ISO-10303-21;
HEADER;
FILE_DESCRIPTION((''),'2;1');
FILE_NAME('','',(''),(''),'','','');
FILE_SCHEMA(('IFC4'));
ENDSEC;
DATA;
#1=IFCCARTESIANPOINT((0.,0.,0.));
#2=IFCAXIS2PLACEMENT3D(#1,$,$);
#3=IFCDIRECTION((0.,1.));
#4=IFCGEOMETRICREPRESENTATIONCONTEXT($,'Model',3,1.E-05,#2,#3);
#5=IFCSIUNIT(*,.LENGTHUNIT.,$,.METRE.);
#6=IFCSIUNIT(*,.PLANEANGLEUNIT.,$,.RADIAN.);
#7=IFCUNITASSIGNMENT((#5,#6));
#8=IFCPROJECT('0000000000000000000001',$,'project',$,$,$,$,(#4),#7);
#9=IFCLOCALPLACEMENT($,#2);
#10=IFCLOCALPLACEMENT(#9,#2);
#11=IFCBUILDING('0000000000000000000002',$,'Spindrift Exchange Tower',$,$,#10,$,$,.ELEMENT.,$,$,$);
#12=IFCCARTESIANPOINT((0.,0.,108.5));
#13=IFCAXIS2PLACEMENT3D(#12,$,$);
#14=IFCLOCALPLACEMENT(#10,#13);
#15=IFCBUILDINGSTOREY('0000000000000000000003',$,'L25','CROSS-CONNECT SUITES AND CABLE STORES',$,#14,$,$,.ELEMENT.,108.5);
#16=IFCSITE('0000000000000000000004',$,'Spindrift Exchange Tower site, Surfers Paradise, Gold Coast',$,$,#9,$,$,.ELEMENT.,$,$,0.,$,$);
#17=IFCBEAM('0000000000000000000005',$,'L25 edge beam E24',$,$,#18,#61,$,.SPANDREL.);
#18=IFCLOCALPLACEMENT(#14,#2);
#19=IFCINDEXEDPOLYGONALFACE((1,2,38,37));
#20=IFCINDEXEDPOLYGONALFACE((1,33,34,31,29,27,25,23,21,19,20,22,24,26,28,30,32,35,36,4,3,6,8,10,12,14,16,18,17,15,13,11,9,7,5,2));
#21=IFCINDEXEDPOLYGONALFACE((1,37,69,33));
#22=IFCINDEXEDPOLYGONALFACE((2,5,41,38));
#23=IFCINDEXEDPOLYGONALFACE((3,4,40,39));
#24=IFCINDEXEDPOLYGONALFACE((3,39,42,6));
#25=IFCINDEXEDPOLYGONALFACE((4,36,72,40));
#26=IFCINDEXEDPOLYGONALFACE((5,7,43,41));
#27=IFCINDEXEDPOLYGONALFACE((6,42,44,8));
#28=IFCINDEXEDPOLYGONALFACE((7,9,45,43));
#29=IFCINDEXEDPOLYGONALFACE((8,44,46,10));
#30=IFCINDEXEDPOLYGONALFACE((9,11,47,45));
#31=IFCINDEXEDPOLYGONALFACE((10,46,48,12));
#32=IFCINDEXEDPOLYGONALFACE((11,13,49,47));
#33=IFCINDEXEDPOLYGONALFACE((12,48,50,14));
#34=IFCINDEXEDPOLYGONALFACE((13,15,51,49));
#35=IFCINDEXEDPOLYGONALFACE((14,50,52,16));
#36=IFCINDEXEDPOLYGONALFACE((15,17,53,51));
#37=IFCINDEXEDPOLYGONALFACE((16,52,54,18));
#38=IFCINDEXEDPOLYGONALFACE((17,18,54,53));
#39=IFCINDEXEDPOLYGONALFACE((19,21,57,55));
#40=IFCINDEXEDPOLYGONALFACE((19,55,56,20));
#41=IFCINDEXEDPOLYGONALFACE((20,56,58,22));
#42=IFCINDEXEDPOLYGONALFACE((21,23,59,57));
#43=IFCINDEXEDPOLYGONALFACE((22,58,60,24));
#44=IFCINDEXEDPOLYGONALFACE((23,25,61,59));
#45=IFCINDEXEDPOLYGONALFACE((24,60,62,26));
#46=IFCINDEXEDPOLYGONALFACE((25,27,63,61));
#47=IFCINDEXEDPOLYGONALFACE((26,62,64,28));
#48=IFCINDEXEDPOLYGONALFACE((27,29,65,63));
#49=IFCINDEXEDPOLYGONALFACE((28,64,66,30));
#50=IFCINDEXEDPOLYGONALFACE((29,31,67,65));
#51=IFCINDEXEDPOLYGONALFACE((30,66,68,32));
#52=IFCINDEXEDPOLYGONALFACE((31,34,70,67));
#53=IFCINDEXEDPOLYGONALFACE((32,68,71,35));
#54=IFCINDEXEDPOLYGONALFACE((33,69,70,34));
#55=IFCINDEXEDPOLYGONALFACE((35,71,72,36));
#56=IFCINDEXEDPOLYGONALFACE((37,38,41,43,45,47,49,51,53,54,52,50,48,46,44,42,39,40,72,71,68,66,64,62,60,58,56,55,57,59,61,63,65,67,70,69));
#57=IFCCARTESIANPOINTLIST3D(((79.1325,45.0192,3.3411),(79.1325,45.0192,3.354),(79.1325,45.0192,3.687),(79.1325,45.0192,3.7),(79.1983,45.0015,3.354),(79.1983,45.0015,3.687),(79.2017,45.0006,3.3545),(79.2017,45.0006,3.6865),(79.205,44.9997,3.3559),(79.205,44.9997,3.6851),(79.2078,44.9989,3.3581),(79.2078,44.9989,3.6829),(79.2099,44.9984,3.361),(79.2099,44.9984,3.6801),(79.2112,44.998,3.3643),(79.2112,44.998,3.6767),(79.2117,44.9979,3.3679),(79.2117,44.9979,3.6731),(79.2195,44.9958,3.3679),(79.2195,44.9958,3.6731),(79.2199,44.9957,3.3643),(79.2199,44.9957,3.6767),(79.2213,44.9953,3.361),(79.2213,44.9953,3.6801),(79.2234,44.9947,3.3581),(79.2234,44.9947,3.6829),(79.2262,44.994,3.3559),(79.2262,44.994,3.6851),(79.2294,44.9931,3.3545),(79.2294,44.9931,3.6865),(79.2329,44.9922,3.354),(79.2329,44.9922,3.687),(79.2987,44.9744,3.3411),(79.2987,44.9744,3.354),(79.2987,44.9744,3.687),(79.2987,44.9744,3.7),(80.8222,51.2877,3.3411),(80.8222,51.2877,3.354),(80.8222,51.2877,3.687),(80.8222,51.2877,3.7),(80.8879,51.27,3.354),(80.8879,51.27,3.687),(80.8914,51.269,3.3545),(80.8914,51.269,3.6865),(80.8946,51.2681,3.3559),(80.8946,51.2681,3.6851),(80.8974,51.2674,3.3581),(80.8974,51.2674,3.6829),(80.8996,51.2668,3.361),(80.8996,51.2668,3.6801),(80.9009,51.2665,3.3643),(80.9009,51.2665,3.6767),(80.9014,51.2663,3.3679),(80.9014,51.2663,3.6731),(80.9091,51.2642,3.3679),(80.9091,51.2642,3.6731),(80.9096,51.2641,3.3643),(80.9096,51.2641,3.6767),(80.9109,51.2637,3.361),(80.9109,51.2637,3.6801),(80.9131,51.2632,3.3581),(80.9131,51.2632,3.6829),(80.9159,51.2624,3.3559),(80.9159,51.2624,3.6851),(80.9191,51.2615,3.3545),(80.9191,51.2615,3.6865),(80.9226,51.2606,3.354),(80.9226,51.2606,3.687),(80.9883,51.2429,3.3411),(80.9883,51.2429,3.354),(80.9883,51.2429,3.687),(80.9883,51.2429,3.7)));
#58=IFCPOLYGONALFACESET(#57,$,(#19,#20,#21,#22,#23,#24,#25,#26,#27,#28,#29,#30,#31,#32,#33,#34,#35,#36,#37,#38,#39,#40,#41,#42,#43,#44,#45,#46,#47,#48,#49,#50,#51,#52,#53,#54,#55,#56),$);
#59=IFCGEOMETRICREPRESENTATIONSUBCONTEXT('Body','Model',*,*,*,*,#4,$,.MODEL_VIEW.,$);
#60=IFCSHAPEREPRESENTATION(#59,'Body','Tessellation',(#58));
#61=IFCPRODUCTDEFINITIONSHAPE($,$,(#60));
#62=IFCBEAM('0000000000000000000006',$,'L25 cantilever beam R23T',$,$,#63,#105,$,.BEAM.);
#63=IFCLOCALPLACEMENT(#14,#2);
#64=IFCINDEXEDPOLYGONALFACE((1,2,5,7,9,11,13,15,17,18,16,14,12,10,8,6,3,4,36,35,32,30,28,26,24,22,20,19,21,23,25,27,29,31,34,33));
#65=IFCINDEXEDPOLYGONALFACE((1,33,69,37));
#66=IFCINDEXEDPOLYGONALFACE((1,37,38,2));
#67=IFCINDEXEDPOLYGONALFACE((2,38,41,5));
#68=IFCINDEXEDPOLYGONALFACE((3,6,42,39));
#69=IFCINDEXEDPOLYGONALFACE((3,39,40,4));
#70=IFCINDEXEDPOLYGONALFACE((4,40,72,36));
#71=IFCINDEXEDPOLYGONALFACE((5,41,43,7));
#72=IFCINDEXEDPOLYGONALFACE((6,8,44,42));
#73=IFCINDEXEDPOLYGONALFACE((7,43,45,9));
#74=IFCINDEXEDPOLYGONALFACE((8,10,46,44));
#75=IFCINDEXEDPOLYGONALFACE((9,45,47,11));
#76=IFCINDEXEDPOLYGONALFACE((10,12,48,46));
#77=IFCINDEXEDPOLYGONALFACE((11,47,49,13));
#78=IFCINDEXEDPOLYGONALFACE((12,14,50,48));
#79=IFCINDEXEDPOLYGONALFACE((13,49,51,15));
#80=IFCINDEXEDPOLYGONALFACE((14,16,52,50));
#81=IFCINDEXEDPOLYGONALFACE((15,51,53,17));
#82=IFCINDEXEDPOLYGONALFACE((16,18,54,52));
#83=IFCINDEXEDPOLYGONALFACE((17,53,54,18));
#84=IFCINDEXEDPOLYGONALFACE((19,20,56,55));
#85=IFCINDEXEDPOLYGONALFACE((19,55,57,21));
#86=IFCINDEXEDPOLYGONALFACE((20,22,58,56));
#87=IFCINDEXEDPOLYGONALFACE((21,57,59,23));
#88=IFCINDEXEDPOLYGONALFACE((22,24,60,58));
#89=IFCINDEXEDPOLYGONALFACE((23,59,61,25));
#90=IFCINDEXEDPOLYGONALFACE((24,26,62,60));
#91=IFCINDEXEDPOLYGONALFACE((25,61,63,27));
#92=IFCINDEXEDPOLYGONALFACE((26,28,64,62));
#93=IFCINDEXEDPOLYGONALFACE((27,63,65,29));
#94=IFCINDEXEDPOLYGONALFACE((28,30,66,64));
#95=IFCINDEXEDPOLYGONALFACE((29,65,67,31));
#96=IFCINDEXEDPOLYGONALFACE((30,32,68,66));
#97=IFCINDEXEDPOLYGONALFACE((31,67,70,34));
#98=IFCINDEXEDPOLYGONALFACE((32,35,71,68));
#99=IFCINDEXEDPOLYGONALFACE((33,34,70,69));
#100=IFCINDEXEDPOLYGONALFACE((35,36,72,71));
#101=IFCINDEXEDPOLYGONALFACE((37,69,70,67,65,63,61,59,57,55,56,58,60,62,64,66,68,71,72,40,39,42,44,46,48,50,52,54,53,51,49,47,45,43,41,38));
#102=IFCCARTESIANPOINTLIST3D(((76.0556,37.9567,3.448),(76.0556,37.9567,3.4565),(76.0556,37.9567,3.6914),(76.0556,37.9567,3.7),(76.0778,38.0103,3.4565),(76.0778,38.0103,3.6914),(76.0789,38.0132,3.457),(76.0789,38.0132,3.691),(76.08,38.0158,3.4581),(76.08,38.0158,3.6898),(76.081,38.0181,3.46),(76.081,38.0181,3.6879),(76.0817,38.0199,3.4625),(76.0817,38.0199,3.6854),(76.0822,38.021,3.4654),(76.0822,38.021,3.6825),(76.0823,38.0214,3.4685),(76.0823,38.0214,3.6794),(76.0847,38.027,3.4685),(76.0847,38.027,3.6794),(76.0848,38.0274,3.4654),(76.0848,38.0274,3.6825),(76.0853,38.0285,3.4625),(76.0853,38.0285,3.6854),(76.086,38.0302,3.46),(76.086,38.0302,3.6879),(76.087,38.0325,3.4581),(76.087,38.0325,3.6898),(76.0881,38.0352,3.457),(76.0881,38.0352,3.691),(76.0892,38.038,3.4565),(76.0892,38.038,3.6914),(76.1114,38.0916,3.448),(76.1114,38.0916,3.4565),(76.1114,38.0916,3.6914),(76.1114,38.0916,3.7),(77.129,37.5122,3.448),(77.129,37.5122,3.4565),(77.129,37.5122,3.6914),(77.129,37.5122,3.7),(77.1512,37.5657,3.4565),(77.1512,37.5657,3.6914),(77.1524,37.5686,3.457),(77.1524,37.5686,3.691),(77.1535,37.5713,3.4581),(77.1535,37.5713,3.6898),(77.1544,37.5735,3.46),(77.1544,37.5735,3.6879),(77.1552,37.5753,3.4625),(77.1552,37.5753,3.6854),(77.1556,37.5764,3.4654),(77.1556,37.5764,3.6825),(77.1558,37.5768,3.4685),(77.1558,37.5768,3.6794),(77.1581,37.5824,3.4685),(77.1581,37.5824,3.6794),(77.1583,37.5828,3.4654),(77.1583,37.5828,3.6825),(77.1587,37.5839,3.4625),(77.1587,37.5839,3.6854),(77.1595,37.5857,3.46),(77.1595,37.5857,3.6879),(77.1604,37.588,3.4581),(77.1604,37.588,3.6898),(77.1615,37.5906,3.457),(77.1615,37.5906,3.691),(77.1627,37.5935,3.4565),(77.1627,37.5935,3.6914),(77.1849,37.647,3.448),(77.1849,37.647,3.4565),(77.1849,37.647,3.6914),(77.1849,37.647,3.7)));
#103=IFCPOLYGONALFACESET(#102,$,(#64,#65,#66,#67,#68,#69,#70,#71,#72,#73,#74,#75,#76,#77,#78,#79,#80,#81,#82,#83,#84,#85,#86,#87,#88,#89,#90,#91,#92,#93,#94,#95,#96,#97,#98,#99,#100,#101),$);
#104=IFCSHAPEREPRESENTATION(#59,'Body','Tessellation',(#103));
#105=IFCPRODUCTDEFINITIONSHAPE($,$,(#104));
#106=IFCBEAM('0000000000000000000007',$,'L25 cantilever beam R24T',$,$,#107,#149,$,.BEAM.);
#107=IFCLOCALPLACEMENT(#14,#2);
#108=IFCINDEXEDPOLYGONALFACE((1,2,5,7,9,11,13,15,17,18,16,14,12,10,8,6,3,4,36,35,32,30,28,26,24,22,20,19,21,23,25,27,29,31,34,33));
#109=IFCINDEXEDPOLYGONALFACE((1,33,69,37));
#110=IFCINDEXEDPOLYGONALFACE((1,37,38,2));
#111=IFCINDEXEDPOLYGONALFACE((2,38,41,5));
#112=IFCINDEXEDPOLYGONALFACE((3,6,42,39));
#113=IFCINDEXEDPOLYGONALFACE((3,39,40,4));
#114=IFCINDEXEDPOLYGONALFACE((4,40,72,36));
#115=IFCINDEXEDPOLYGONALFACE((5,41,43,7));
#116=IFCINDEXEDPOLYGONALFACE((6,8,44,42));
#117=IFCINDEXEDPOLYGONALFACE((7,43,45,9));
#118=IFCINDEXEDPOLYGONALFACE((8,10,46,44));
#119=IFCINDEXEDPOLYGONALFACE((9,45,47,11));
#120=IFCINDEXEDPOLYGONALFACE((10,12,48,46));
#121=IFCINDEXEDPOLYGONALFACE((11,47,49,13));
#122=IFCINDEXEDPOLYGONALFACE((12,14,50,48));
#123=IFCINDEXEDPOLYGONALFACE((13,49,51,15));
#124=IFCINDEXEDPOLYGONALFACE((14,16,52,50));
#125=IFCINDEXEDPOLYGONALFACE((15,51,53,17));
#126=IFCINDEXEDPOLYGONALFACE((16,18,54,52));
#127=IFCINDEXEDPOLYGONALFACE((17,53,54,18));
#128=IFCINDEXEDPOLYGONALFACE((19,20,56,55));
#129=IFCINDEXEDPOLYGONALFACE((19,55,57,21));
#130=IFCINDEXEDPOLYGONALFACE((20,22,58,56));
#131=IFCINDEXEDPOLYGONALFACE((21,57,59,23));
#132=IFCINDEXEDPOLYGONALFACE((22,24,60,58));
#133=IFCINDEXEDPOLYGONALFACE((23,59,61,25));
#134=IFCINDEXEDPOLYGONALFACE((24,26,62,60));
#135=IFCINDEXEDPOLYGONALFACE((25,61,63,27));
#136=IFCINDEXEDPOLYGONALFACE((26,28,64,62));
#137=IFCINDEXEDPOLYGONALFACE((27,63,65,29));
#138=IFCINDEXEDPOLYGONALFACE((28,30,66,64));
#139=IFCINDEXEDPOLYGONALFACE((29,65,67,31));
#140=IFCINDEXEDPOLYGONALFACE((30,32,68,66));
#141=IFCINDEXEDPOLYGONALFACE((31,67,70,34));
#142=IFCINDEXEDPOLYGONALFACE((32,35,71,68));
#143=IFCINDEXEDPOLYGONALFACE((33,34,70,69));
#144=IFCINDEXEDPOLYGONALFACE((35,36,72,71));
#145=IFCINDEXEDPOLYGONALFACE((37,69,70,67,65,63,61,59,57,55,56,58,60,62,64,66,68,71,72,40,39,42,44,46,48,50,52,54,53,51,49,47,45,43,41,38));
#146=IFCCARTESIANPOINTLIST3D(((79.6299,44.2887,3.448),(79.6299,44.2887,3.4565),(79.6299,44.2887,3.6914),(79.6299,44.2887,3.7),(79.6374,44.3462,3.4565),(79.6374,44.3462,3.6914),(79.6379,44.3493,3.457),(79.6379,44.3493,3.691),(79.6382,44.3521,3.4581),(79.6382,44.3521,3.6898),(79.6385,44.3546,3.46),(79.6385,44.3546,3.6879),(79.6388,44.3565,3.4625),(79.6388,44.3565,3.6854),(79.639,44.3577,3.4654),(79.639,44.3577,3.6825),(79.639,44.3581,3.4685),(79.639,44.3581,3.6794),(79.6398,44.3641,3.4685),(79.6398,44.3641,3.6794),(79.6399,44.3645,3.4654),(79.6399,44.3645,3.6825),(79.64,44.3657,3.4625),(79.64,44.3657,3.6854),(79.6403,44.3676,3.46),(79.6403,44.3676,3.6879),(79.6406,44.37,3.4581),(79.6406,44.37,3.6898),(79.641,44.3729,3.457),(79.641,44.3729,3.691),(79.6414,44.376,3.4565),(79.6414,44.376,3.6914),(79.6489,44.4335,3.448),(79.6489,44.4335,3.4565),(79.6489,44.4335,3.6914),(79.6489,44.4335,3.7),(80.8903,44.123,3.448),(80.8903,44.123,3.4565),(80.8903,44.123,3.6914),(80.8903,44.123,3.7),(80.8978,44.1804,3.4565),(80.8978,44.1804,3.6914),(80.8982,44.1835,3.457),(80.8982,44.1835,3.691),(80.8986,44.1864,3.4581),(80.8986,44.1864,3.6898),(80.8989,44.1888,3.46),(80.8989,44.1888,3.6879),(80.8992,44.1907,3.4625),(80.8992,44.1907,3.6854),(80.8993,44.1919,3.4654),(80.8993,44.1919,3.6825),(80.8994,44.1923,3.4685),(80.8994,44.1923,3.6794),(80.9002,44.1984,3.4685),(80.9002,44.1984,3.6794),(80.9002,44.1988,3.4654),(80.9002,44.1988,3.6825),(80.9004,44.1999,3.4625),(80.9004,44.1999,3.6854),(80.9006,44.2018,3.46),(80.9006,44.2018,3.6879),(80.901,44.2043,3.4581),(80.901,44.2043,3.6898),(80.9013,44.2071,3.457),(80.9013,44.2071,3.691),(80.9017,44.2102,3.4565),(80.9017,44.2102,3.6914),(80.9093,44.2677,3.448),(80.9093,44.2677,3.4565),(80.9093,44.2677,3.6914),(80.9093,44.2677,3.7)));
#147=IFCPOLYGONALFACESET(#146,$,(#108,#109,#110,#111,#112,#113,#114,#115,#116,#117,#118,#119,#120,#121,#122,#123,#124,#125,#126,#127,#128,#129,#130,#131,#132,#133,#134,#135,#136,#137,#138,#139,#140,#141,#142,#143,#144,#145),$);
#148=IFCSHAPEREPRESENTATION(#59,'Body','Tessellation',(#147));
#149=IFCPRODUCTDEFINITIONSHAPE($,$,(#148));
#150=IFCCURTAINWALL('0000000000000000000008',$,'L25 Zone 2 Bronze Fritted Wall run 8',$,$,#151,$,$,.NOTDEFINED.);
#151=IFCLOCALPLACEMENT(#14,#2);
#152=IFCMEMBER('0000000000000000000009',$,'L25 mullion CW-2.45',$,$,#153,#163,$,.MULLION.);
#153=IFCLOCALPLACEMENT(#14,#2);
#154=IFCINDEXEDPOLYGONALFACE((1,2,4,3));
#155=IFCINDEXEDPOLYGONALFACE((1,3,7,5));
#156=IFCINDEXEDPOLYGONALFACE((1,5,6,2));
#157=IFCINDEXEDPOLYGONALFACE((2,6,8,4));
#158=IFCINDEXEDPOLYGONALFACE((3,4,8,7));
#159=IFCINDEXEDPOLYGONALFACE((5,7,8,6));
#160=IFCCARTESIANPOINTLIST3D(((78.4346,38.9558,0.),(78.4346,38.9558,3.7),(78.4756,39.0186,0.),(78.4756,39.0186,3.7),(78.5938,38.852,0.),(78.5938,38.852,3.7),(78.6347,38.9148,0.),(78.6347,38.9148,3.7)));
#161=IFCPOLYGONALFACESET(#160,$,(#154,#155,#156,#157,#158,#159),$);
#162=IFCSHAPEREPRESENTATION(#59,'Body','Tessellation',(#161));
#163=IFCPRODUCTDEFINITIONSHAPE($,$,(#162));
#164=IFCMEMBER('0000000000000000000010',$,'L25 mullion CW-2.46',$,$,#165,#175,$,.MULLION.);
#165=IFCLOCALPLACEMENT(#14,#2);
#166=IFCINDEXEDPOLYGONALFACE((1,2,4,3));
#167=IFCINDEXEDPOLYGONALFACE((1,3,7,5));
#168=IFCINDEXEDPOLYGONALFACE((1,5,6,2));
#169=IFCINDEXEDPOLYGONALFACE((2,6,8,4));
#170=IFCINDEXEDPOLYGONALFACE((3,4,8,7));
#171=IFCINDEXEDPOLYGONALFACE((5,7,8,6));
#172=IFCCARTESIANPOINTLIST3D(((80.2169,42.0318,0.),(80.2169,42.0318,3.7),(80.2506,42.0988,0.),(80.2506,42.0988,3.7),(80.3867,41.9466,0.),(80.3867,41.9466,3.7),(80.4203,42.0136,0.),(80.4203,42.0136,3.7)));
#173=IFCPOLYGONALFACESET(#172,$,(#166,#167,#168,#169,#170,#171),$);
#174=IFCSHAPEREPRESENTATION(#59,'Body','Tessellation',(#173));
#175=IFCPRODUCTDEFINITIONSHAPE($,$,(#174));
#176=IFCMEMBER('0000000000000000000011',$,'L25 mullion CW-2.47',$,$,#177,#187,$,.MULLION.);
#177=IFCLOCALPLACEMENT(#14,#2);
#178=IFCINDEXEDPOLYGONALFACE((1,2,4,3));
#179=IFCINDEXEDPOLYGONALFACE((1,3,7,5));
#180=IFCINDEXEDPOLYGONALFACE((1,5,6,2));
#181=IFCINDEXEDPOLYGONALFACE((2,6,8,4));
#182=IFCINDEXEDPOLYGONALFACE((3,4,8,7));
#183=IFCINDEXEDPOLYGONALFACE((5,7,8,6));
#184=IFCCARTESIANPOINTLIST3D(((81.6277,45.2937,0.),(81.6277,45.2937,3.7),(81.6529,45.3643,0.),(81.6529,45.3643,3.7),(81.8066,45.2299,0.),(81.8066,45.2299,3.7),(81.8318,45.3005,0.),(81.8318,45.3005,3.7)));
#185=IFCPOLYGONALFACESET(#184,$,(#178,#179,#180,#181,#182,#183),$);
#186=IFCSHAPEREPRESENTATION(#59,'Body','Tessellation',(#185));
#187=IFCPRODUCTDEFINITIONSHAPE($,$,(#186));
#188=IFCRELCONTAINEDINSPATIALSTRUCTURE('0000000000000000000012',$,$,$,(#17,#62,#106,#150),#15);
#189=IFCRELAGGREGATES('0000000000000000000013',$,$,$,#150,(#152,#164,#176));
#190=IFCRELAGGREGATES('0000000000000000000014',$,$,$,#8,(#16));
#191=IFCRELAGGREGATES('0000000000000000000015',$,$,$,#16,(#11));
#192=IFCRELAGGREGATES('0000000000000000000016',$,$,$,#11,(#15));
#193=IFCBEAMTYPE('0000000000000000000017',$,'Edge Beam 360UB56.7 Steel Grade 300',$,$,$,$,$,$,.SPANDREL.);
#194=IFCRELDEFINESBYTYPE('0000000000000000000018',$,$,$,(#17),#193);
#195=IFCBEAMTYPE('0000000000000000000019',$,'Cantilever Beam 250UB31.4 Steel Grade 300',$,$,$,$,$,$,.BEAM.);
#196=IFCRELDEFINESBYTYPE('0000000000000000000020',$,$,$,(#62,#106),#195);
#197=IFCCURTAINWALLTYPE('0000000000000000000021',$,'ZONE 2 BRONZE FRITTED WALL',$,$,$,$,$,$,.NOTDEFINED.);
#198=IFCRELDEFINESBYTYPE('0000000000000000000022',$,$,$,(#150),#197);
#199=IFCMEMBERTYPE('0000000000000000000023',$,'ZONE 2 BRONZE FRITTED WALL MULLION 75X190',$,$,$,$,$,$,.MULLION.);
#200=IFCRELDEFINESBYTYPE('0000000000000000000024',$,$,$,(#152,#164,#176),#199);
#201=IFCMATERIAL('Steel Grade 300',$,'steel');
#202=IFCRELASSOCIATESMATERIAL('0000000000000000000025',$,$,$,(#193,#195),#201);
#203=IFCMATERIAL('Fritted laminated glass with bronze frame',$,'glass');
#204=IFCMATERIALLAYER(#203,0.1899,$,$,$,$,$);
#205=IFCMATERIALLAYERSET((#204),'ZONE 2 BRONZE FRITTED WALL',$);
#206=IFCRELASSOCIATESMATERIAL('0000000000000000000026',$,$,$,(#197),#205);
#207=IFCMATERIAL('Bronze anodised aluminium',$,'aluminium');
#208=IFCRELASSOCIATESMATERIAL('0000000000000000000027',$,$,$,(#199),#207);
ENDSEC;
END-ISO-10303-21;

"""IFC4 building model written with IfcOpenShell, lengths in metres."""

from ifc_helpers import new_model, si_unit, direction, frame, origin, origin_2d, place, context, subcontext, project, spatial, rectangle, i_section, extrude, source, transform, mapped, material, layer, layer_set, material_profile, profile_set, type_object, element, aggregate, save


model = new_model("IFC4")

# Units and contexts
model_context = context("Model", 3, precision=1e-05, world=origin(), true_north=direction((0.0, 1.0)))
body_context = subcontext(model_context, "Body", "Model", "MODEL_VIEW")
ifc_project = project(units=[si_unit("LENGTHUNIT", "METRE"), si_unit("PLANEANGLEUNIT", "RADIAN")], contexts=[model_context])

# Site, building, storey
site_placement = place(None, origin())
site = spatial("IfcSite", under=ifc_project, at=site_placement, Name="Spindrift Exchange Tower site, Surfers Paradise, Gold Coast", CompositionType="ELEMENT", RefElevation=0.0)
building_placement = place(site_placement, origin())
building = spatial("IfcBuilding", under=site, at=building_placement, Name="Spindrift Exchange Tower", CompositionType="ELEMENT")
storey_placement = place(building_placement, frame((0.0, 0.0, 108.5)))
storey = spatial("IfcBuildingStorey", under=building, at=storey_placement, Name="L25", Description="CROSS-CONNECT SUITES AND CABLE STORES", CompositionType="ELEMENT", Elevation=108.5)

# Beams
ifc_material_1 = material(Name="Steel Grade 300", Category="steel")
ifc_material_profile_1 = material_profile(ifc_material_1, i_section(OverallWidth=0.1721, OverallDepth=0.3589, WebThickness=0.0081, FlangeThickness=0.0129, FilletRadius=0.0139, at=origin_2d()), Name="360UB56.7")
ifc_profile_set_1 = profile_set([ifc_material_profile_1], Name="Steel Grade 300")
beam_type_1 = type_object("IfcBeamType", Name="Edge Beam 360UB56.7 Steel Grade 300", PredefinedType="SPANDREL", material=ifc_profile_set_1)
shared_shape_1 = source(origin(), body_context, "Body", "SweptSolid", [
    extrude(i_section(OverallWidth=0.1721, OverallDepth=0.3589, WebThickness=0.0081, FlangeThickness=0.0129, FilletRadius=0.0139, at=origin_2d()), origin(), (0.0, 0.0, 1.0), 6.4922),
])
beam_1_placement = place(storey_placement, frame((79.2156, 44.9968, 3.5205), z_axis=(0.260262, 0.965538, 0.0), x_axis=(-0.965538, 0.260262, 0.0)))
element("IfcBeam", 1, at=beam_1_placement, inside=storey, type_object=beam_type_1, Name="L25 edge beam E24", PredefinedType="SPANDREL", context=body_context, shape_type="MappedRepresentation", body=[
    mapped(shared_shape_1, transform((0.0, 0.0, 0.0), scale=1.0)),
])
ifc_material_profile_2 = material_profile(ifc_material_1, i_section(OverallWidth=0.146, OverallDepth=0.252, WebThickness=0.0061, FlangeThickness=0.0085, FilletRadius=0.012, at=origin_2d()), Name="250UB31.4")
ifc_profile_set_2 = profile_set([ifc_material_profile_2], Name="Steel Grade 300")
beam_type_2 = type_object("IfcBeamType", Name="Cantilever Beam 250UB31.4 Steel Grade 300", PredefinedType="BEAM", material=ifc_profile_set_2)
shared_shape_2 = source(origin(), body_context, "Body", "SweptSolid", [
    extrude(i_section(OverallWidth=0.146, OverallDepth=0.252, WebThickness=0.0061, FlangeThickness=0.0085, FilletRadius=0.012, at=origin_2d()), origin(), (0.0, 0.0, 1.0), 1.1619),
])
beam_2_placement = place(storey_placement, frame((76.0835, 38.0242, 3.574), z_axis=(0.923902, -0.38263, 0.0), x_axis=(0.38263, 0.923902, 0.0)))
element("IfcBeam", 2, at=beam_2_placement, inside=storey, type_object=beam_type_2, Name="L25 cantilever beam R23T", PredefinedType="BEAM", context=body_context, shape_type="MappedRepresentation", body=[
    mapped(shared_shape_2, transform((0.0, 0.0, 0.0), scale=1.0)),
])
shared_shape_3 = source(origin(), body_context, "Body", "SweptSolid", [
    extrude(i_section(OverallWidth=0.146, OverallDepth=0.252, WebThickness=0.0061, FlangeThickness=0.0085, FilletRadius=0.012, at=origin_2d()), origin(), (0.0, 0.0, 1.0), 1.2712),
])
beam_3_placement = place(storey_placement, frame((79.6394, 44.3611, 3.574), z_axis=(0.991463, -0.13039, 0.0), x_axis=(0.13039, 0.991463, 0.0)))
element("IfcBeam", 3, at=beam_3_placement, inside=storey, type_object=beam_type_2, Name="L25 cantilever beam R24T", PredefinedType="BEAM", context=body_context, shape_type="MappedRepresentation", body=[
    mapped(shared_shape_3, transform((0.0, 0.0, 0.0), scale=1.0)),
])

# Curtain wall, members
ifc_material_2 = material(Name="Fritted laminated glass with bronze frame", Category="glass")
ifc_layer_1 = layer(ifc_material_2, 0.1899)
ifc_layer_set_1 = layer_set([ifc_layer_1], Name="ZONE 2 BRONZE FRITTED WALL")
curtain_wall_type = type_object("IfcCurtainWallType", Name="ZONE 2 BRONZE FRITTED WALL", PredefinedType="NOTDEFINED", material=ifc_layer_set_1)
curtain_wall_placement = place(storey_placement, origin())
curtain_wall = element("IfcCurtainWall", 4, at=curtain_wall_placement, inside=storey, type_object=curtain_wall_type, Name="L25 Zone 2 Bronze Fritted Wall run 8", PredefinedType="NOTDEFINED")
ifc_material_3 = material(Name="Bronze anodised aluminium", Category="aluminium")
ifc_material_profile_3 = material_profile(ifc_material_3, rectangle(XDim=0.075, YDim=0.1899, at=origin_2d()), Name="ZONE 2 BRONZE FRITTED WALL MULLION 75X190")
ifc_profile_set_3 = profile_set([ifc_material_profile_3], Name="Bronze anodised aluminium")
member_type_1 = type_object("IfcMemberType", Name="ZONE 2 BRONZE FRITTED WALL MULLION 75X190", PredefinedType="MULLION", material=ifc_profile_set_3)
shared_shape_4 = source(origin(), body_context, "Body", "SweptSolid", [
    extrude(rectangle(XDim=0.075, YDim=0.1899, at=origin_2d()), origin(), (0.0, 0.0, 1.0), 3.7),
])
member_1_placement = place(storey_placement, frame((78.5347, 38.9353, 0.0), z_axis=(0.0, 0.0, 1.0), x_axis=(0.546033, 0.837764, 0.0)))
member_1 = element("IfcMember", 5, at=member_1_placement, type_object=member_type_1, Name="L25 mullion CW-2.45", PredefinedType="MULLION", context=body_context, shape_type="MappedRepresentation", body=[
    mapped(shared_shape_4, transform((0.0, 0.0, 0.0), scale=1.0)),
])
member_2_placement = place(storey_placement, frame((80.3186, 42.0227, 0.0), z_axis=(0.0, 0.0, 1.0), x_axis=(0.448818, 0.893623, 0.0)))
member_2 = element("IfcMember", 6, at=member_2_placement, type_object=member_type_1, Name="L25 mullion CW-2.46", PredefinedType="MULLION", context=body_context, shape_type="MappedRepresentation", body=[
    mapped(shared_shape_4, transform((0.0, 0.0, 0.0), scale=1.0)),
])
member_3_placement = place(storey_placement, frame((81.7297, 45.2971, 0.0), z_axis=(0.0, 0.0, 1.0), x_axis=(0.335757, 0.941949, 0.0)))
member_3 = element("IfcMember", 7, at=member_3_placement, type_object=member_type_1, Name="L25 mullion CW-2.47", PredefinedType="MULLION", context=body_context, shape_type="MappedRepresentation", body=[
    mapped(shared_shape_4, transform((0.0, 0.0, 0.0), scale=1.0)),
])
aggregate(curtain_wall, [member_1, member_2, member_3])

save(model, "model.ifc")
